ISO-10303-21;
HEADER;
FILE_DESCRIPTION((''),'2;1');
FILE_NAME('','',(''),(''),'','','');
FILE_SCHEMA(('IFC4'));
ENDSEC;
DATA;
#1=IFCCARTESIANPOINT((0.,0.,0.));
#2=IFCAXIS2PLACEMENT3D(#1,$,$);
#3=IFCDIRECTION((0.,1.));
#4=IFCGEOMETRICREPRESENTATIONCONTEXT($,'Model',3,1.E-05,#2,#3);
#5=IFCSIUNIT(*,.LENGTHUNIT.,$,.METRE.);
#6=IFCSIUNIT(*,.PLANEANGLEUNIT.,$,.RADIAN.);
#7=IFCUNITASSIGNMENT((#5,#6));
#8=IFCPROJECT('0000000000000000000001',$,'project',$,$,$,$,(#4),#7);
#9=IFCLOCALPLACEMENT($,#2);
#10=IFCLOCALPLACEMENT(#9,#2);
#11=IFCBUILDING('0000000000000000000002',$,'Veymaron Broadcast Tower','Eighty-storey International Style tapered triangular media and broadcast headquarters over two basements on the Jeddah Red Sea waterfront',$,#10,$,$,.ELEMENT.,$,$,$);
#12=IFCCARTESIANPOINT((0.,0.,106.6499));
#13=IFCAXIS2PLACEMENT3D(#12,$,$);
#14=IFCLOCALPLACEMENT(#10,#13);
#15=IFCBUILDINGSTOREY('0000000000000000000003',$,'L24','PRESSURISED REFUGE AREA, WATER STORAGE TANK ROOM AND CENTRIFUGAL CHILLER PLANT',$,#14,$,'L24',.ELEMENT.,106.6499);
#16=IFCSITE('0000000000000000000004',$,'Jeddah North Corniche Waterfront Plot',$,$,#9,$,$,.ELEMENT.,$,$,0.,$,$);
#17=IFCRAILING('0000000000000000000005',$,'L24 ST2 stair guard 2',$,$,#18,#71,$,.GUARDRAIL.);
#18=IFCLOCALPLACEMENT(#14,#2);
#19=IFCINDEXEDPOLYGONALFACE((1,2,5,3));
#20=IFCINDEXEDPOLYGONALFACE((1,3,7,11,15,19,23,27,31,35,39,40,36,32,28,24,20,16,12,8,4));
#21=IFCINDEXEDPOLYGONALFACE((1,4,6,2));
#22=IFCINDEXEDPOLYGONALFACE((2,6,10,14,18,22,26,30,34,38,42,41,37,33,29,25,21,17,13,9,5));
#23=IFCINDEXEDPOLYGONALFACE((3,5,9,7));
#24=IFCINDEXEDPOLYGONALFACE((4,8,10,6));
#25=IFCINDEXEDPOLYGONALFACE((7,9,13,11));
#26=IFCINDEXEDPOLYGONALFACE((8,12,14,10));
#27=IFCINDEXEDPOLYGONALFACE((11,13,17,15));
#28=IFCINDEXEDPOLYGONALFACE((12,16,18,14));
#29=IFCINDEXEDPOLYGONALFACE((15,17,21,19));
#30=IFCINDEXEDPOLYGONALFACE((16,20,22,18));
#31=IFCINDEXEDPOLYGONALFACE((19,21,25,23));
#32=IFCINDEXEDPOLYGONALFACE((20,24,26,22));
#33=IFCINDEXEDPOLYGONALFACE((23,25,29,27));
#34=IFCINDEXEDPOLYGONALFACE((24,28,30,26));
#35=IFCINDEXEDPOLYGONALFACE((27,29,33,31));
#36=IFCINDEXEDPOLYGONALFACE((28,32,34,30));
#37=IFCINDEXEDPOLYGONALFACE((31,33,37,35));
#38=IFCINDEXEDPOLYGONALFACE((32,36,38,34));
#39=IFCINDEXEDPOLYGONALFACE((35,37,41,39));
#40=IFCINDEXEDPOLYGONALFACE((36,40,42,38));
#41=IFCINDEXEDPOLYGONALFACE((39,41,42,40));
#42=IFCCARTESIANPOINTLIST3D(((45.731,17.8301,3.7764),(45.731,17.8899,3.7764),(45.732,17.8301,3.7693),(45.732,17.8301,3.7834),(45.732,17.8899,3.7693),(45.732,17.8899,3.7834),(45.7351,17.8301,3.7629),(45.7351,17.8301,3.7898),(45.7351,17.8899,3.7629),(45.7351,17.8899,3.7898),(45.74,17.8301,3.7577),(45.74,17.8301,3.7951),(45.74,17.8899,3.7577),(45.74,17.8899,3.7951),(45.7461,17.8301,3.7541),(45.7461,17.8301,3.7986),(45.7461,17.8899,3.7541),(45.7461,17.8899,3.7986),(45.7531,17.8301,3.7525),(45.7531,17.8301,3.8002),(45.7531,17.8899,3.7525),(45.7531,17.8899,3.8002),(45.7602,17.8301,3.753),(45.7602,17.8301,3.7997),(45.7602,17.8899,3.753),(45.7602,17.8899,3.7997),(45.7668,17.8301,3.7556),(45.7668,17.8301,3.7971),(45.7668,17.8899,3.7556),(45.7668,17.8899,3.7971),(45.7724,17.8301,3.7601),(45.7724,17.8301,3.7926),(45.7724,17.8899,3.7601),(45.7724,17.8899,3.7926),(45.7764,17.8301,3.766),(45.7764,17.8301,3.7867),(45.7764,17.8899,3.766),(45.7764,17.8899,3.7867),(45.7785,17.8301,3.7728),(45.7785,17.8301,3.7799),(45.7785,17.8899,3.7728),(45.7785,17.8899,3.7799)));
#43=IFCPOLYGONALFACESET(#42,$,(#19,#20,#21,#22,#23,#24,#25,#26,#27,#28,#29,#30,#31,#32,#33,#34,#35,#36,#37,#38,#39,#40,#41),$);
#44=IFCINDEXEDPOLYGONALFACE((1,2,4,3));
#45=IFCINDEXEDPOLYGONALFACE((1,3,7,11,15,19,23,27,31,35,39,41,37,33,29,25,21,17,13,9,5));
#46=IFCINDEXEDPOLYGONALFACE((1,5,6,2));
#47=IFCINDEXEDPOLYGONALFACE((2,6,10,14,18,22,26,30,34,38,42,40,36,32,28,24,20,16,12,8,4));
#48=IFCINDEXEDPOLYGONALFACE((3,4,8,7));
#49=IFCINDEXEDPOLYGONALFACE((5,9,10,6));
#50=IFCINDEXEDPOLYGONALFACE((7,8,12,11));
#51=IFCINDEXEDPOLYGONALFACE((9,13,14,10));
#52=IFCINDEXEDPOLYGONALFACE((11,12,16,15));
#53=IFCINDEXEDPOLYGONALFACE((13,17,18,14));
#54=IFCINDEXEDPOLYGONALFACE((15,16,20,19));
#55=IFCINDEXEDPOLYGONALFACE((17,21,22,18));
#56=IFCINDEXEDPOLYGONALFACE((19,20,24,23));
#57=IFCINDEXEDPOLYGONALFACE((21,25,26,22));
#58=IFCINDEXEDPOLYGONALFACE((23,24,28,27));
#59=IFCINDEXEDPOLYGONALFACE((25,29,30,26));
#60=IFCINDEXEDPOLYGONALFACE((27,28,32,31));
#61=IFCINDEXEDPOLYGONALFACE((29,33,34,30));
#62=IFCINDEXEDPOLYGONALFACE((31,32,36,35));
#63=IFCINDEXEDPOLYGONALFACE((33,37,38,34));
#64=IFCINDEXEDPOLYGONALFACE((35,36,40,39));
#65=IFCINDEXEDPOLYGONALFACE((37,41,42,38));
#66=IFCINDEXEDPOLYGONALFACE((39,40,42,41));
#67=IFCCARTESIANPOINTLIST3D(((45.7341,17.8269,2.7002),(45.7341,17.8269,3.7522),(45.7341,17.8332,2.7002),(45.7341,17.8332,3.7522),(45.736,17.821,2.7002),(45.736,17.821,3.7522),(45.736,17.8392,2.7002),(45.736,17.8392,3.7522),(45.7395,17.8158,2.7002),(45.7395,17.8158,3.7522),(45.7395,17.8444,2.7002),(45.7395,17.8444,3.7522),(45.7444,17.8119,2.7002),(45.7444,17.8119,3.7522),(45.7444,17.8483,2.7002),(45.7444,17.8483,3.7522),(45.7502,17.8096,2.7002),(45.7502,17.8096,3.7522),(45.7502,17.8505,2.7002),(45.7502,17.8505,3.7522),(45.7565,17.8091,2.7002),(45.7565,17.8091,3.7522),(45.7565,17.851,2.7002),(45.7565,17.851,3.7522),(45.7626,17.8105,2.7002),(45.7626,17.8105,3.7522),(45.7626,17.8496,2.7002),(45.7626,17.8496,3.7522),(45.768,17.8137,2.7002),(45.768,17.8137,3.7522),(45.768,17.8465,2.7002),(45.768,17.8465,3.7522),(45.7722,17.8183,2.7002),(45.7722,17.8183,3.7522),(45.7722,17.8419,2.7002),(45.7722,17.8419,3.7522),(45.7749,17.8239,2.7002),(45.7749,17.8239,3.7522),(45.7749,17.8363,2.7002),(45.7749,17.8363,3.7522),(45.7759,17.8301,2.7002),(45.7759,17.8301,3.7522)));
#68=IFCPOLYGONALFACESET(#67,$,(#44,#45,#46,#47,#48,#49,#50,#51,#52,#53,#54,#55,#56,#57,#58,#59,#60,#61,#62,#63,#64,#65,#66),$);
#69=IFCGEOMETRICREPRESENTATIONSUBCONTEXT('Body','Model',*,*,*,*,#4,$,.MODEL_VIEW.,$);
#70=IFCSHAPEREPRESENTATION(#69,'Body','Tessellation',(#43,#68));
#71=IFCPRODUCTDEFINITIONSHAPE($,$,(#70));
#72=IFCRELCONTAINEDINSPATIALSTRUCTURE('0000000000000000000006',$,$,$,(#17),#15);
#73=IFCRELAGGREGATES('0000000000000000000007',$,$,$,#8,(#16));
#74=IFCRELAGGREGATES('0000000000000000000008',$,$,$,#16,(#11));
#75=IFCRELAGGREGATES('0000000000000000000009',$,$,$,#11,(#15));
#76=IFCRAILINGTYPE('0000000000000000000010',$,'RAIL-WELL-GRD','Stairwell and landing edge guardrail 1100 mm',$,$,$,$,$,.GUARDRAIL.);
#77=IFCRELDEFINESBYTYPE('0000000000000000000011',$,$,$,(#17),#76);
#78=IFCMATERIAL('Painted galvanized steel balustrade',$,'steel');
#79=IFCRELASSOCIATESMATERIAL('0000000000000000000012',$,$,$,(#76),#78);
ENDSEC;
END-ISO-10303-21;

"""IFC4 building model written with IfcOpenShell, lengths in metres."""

from ifc_helpers import new_model, si_unit, direction, frame, origin, origin_2d, place, context, subcontext, project, spatial, circle, extrude, material, type_object, element, save


model = new_model("IFC4")

# Units and contexts
model_context = context("Model", 3, precision=1e-05, world=origin(), true_north=direction((0.0, 1.0)))
body_context = subcontext(model_context, "Body", "Model", "MODEL_VIEW")
ifc_project = project(units=[si_unit("LENGTHUNIT", "METRE"), si_unit("PLANEANGLEUNIT", "RADIAN")], contexts=[model_context])

# Site, building, storey
site_placement = place(None, origin())
site = spatial("IfcSite", under=ifc_project, at=site_placement, Name="Jeddah North Corniche Waterfront Plot", CompositionType="ELEMENT", RefElevation=0.0)
building_placement = place(site_placement, origin())
building = spatial("IfcBuilding", under=site, at=building_placement, Name="Veymaron Broadcast Tower", Description="Eighty-storey International Style tapered triangular media and broadcast headquarters over two basements on the Jeddah Red Sea waterfront", CompositionType="ELEMENT")
storey_placement = place(building_placement, frame((0.0, 0.0, 106.6499)))
storey = spatial("IfcBuildingStorey", under=building, at=storey_placement, Name="L24", Description="PRESSURISED REFUGE AREA, WATER STORAGE TANK ROOM AND CENTRIFUGAL CHILLER PLANT", LongName="L24", CompositionType="ELEMENT", Elevation=106.6499)

# Railing
ifc_material_1 = material(Name="Painted galvanized steel balustrade", Category="steel")
railing_type_1 = type_object("IfcRailingType", Name="RAIL-WELL-GRD", Description="Stairwell and landing edge guardrail 1100 mm", PredefinedType="GUARDRAIL", material=ifc_material_1)
railing_1_placement = place(storey_placement, frame((45.7549, 17.8301, 2.7002)))
element("IfcRailing", 1, at=railing_1_placement, inside=storey, type_object=railing_type_1, Name="L24 ST2 stair guard 2", PredefinedType="GUARDRAIL", context=body_context, shape_type="SweptSolid", body=[
    extrude(circle(Radius=0.0239, at=origin_2d()), frame((0.0, 0.0, 1.0762), z_axis=(0.0, 1.0, 0.0), x_axis=(-1.0, 0.0, 0.0)), (0.0, 0.0, 1.0), 0.0598),
    extrude(circle(Radius=0.021, at=origin_2d()), origin(), (0.0, 0.0, 1.0), 1.052),
])

save(model, "model.ifc")
